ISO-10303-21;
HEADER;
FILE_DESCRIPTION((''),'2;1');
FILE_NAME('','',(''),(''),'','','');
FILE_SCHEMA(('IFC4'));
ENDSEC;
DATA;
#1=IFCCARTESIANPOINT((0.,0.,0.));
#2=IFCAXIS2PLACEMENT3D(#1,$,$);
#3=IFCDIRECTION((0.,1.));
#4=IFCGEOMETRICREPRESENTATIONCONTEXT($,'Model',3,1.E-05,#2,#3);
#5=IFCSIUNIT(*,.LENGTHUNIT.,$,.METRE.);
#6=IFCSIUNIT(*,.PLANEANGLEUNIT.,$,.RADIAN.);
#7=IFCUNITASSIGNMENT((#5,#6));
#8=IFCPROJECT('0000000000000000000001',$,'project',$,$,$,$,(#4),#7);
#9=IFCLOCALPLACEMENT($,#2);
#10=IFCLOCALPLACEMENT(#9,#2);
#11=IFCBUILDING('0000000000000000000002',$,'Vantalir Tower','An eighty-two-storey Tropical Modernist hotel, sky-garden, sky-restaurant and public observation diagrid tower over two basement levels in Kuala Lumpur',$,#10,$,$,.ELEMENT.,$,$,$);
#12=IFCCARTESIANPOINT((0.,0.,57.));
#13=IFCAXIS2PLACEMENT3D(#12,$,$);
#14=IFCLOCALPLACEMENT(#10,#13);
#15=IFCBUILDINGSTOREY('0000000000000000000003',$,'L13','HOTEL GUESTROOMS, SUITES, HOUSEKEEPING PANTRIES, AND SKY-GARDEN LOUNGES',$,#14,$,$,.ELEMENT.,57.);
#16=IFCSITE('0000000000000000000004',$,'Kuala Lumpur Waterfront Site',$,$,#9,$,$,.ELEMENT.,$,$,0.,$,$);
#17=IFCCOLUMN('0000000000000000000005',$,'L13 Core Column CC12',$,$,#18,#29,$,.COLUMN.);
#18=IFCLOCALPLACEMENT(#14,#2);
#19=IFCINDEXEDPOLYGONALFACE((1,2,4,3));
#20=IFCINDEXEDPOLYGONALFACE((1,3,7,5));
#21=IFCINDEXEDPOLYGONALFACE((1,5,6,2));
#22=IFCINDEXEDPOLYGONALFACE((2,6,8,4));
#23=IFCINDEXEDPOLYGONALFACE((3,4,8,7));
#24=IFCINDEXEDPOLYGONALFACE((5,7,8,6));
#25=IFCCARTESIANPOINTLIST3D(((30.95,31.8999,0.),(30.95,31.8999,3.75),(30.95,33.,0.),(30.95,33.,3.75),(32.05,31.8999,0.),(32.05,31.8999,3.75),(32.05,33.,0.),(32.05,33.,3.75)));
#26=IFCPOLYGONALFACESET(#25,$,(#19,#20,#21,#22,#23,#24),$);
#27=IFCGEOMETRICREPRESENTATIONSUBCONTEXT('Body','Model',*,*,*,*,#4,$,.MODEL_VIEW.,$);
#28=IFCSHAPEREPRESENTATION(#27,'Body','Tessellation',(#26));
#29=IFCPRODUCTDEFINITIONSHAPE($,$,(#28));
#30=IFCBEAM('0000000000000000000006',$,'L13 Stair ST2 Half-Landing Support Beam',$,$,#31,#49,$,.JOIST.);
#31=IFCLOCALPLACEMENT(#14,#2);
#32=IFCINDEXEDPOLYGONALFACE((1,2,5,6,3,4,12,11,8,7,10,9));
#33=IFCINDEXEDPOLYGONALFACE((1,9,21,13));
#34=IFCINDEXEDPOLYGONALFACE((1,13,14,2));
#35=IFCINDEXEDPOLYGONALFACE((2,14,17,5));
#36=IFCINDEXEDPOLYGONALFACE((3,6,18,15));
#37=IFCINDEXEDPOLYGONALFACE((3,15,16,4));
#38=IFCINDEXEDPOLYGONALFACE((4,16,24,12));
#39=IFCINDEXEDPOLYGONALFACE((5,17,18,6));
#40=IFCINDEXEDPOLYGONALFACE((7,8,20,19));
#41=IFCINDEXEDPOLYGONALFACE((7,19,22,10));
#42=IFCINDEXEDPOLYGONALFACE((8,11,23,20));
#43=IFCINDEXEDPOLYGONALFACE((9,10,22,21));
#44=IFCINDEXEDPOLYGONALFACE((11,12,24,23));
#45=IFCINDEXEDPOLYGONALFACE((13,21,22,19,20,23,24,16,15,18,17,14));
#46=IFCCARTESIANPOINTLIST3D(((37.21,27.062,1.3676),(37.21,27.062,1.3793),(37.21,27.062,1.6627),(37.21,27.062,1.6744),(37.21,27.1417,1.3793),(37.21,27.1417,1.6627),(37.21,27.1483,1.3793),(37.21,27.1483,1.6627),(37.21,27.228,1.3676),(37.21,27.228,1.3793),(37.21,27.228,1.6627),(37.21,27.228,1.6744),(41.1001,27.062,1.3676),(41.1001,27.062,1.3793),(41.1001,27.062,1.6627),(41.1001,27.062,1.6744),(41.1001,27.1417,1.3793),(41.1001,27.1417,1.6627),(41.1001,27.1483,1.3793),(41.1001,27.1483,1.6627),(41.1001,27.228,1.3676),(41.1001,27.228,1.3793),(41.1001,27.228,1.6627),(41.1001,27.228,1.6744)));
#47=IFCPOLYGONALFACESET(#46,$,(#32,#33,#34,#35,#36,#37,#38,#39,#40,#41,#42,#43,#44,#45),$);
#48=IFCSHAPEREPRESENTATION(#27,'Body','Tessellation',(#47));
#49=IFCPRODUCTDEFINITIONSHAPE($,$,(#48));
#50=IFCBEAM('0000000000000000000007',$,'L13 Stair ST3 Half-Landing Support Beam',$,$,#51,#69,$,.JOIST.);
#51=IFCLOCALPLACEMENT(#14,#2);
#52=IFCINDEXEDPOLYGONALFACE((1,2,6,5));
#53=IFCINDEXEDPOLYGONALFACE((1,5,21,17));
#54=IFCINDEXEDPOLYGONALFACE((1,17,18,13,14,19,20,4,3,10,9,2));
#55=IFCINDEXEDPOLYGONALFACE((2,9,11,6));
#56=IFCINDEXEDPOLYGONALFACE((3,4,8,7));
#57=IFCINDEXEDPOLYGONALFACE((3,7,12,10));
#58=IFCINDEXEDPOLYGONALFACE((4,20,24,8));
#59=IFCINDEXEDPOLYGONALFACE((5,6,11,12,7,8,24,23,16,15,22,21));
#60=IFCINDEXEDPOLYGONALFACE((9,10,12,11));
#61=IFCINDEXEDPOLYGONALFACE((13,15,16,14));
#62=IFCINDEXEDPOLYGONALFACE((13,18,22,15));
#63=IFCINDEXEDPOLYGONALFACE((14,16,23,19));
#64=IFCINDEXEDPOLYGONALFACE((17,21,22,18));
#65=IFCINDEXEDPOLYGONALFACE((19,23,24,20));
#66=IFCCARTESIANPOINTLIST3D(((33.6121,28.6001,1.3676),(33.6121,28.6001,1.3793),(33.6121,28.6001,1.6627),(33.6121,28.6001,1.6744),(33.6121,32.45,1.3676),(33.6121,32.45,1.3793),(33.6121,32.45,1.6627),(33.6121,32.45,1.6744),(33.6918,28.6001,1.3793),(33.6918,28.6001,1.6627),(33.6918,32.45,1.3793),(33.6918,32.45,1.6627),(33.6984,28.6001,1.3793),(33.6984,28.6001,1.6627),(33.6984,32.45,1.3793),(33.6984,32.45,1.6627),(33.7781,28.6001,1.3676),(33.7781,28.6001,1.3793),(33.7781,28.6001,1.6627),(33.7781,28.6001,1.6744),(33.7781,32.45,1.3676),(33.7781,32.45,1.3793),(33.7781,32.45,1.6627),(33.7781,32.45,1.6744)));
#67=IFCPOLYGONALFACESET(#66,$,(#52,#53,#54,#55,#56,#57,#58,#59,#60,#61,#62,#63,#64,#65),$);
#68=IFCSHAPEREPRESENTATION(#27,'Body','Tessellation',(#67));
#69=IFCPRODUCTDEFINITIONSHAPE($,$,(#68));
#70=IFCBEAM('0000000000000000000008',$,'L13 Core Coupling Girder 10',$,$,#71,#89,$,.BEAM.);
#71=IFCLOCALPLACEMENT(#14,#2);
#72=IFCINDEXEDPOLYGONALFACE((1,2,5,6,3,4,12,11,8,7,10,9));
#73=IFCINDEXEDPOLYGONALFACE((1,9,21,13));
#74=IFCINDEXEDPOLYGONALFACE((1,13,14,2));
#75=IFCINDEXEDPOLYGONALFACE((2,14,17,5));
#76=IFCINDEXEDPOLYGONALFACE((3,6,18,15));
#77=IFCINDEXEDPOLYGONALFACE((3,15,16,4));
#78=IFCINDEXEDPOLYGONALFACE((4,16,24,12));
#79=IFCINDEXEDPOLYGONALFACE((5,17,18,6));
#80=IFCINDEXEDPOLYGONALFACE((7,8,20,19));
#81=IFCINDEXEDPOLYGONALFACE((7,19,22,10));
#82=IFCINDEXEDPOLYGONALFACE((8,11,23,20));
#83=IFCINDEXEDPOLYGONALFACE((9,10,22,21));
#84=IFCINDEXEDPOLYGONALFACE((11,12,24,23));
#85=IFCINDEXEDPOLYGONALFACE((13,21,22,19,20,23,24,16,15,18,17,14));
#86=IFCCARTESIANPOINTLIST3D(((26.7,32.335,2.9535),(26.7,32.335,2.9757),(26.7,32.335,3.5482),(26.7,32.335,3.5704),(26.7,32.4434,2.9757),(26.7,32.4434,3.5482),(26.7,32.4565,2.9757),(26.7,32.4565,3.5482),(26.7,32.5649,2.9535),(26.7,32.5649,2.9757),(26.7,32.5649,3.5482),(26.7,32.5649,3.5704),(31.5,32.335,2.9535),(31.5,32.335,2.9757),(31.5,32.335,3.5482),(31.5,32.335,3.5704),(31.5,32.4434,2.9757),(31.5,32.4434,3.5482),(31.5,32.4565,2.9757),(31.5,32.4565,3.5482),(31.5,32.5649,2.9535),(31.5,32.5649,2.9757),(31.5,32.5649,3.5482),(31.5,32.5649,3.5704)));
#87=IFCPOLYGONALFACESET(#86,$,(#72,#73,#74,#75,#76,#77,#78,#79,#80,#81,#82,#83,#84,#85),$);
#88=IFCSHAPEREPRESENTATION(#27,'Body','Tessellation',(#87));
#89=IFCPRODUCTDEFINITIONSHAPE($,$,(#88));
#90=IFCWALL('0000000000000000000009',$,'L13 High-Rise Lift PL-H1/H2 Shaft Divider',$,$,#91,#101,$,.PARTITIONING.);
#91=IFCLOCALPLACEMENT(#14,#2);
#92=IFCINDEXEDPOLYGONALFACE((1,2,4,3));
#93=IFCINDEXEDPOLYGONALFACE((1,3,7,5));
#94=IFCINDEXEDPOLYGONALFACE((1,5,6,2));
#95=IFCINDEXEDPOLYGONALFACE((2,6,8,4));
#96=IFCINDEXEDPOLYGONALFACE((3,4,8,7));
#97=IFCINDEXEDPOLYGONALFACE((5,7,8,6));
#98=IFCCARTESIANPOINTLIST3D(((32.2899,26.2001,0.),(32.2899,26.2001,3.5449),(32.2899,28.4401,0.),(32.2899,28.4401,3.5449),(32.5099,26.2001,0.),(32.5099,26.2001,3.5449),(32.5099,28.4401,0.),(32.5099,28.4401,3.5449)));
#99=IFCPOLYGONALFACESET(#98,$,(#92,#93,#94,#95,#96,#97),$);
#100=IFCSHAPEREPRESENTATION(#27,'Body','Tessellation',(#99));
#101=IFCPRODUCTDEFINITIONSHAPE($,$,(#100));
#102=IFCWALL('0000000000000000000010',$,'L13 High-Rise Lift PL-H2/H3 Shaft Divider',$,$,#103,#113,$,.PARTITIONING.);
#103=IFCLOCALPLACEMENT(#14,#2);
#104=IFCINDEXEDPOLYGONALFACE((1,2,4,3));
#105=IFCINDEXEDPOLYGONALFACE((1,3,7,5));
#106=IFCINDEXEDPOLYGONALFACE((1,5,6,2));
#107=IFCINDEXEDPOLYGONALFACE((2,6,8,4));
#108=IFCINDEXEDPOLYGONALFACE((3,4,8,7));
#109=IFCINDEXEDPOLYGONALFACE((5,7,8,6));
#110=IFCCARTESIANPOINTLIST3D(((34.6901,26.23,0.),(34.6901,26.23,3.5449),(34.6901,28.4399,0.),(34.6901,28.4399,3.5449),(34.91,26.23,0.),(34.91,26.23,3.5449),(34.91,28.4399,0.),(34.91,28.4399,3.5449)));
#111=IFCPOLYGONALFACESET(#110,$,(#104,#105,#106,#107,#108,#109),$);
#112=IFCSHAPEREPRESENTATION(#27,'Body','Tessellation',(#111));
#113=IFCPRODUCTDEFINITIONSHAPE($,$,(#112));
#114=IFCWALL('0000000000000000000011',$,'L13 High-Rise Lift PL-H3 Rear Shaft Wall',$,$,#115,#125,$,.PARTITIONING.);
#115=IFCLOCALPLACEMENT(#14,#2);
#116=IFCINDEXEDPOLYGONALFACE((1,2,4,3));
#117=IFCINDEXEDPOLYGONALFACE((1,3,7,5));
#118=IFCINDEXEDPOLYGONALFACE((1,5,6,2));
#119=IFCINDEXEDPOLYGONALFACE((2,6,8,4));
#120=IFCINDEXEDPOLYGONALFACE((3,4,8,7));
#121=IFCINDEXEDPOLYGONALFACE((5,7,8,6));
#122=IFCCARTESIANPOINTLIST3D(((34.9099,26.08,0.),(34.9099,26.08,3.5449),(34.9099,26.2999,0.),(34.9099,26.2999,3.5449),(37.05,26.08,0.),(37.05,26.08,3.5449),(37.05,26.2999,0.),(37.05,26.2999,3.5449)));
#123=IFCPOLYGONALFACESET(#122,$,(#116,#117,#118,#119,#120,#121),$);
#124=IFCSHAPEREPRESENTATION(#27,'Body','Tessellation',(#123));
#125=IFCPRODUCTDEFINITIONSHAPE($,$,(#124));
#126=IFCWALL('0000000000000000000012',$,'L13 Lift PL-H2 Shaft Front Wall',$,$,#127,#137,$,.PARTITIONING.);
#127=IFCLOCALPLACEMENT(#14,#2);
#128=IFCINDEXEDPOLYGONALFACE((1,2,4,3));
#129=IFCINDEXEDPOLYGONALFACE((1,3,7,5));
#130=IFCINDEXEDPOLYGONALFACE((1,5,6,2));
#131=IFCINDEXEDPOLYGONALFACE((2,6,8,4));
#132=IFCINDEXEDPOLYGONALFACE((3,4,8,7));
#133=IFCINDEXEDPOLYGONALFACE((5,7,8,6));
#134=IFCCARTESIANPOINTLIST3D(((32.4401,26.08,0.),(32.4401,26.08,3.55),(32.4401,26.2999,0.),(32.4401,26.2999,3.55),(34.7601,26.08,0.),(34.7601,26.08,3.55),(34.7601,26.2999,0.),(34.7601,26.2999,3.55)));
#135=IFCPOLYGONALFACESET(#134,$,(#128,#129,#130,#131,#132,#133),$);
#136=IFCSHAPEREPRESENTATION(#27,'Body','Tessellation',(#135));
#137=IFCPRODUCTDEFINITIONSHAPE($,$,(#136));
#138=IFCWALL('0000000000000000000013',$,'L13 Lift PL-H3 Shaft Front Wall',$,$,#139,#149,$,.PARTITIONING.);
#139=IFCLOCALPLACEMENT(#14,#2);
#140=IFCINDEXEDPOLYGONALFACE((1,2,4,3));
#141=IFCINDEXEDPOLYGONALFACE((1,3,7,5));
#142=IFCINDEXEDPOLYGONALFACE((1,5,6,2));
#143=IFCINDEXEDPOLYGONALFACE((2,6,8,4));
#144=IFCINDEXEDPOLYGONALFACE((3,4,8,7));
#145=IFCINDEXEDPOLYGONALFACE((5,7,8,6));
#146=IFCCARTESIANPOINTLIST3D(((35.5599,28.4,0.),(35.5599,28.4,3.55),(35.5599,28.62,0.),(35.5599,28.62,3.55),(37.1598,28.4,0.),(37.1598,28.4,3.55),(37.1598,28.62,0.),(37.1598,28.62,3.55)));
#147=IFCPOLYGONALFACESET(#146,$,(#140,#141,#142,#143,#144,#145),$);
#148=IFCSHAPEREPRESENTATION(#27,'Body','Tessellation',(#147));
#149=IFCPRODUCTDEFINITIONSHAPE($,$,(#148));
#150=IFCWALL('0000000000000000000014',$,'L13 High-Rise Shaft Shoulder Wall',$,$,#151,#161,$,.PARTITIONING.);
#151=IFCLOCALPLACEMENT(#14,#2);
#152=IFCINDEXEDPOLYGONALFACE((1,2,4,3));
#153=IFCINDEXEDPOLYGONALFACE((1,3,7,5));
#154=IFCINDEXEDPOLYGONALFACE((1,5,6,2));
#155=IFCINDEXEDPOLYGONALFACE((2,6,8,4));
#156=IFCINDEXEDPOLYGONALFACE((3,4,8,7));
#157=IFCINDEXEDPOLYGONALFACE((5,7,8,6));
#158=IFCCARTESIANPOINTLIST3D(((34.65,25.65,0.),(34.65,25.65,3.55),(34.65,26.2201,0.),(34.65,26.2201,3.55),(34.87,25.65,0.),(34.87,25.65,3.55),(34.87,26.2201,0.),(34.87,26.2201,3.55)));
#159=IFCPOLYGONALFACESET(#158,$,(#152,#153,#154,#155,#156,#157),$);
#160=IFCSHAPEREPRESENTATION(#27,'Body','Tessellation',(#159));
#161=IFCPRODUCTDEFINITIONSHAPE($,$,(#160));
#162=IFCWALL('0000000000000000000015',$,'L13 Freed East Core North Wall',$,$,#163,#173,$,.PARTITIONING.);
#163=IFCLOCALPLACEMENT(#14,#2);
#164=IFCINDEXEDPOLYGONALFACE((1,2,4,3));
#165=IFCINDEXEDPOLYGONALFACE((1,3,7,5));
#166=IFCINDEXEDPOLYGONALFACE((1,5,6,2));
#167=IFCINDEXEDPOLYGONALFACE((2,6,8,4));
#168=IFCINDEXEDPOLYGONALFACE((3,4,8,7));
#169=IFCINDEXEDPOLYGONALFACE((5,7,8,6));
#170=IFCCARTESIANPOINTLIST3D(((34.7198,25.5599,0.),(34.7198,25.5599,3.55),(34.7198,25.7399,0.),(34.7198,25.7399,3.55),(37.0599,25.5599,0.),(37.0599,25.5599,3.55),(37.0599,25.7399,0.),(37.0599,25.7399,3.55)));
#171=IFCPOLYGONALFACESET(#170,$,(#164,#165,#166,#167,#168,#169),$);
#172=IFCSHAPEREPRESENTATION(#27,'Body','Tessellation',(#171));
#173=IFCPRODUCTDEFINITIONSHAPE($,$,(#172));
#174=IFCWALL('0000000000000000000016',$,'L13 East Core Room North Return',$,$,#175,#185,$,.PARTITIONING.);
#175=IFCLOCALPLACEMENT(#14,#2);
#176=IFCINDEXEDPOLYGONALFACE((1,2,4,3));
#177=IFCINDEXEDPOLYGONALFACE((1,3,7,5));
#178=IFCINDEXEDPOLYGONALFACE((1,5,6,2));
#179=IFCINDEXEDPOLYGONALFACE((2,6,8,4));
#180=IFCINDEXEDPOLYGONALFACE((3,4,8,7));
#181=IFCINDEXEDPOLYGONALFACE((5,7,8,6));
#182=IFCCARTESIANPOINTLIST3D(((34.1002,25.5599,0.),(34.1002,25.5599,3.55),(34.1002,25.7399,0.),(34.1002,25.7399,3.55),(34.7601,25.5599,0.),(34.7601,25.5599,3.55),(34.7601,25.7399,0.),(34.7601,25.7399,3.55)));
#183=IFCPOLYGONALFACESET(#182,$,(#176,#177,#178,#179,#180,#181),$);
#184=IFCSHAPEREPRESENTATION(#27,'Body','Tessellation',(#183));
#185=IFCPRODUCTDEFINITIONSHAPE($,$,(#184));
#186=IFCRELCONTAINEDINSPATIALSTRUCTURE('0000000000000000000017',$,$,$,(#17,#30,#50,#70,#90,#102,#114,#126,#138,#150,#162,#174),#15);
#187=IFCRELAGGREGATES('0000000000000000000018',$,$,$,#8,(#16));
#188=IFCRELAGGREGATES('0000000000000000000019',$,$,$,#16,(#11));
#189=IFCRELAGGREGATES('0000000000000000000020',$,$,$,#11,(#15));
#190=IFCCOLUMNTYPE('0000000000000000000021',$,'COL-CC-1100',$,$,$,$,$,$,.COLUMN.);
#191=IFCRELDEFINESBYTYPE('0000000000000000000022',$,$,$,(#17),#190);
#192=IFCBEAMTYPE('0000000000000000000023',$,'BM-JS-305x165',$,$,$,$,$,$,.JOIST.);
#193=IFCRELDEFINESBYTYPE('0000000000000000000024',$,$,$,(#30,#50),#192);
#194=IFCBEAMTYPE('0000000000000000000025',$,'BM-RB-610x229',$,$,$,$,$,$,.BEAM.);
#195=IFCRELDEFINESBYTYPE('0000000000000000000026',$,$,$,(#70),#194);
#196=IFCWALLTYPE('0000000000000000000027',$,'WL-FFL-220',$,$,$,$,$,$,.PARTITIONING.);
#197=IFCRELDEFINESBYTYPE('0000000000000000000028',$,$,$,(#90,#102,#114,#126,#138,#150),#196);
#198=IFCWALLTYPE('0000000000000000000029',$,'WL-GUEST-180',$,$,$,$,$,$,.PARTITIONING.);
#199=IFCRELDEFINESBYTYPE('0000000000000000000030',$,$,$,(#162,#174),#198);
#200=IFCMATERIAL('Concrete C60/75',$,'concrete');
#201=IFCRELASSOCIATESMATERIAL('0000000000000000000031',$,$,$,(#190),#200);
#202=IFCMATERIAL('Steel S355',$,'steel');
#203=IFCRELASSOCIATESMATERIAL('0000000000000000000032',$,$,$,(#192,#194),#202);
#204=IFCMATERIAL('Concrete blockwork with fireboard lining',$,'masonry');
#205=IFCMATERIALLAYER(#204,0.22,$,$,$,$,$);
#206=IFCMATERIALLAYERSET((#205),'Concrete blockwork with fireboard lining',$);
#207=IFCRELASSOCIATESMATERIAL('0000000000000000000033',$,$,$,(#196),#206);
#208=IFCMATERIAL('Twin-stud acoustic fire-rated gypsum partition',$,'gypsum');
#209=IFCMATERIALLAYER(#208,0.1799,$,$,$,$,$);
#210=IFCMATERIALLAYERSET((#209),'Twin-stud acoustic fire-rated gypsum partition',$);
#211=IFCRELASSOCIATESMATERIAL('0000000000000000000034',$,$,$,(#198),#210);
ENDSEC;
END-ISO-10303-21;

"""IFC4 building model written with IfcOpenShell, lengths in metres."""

from ifc_helpers import new_model, si_unit, direction, frame, frame_2d, origin, origin_2d, place, context, subcontext, project, spatial, rectangle, i_section, extrude, material, layer, layer_set, material_profile, profile_set, type_object, element, save


model = new_model("IFC4")

# Units and contexts
model_context = context("Model", 3, precision=1e-05, world=origin(), true_north=direction((0.0, 1.0)))
body_context = subcontext(model_context, "Body", "Model", "MODEL_VIEW")
ifc_project = project(units=[si_unit("LENGTHUNIT", "METRE"), si_unit("PLANEANGLEUNIT", "RADIAN")], contexts=[model_context])

# Site, building, storey
site_placement = place(None, origin())
site = spatial("IfcSite", under=ifc_project, at=site_placement, Name="Kuala Lumpur Waterfront Site", CompositionType="ELEMENT", RefElevation=0.0)
building_placement = place(site_placement, origin())
building = spatial("IfcBuilding", under=site, at=building_placement, Name="Vantalir Tower", Description="An eighty-two-storey Tropical Modernist hotel, sky-garden, sky-restaurant and public observation diagrid tower over two basement levels in Kuala Lumpur", CompositionType="ELEMENT")
storey_placement = place(building_placement, frame((0.0, 0.0, 57.0)))
storey = spatial("IfcBuildingStorey", under=building, at=storey_placement, Name="L13", Description="HOTEL GUESTROOMS, SUITES, HOUSEKEEPING PANTRIES, AND SKY-GARDEN LOUNGES", CompositionType="ELEMENT", Elevation=57.0)

# Column
ifc_material_1 = material(Name="Concrete C60/75", Category="concrete")
ifc_material_profile_1 = material_profile(ifc_material_1, rectangle(XDim=1.1001, YDim=1.1001, at=origin_2d()), Name="Concrete C60/75")
ifc_profile_set_1 = profile_set([ifc_material_profile_1], Name="Concrete C60/75")
column_type = type_object("IfcColumnType", Name="COL-CC-1100", PredefinedType="COLUMN", material=ifc_profile_set_1)
column_placement = place(storey_placement, frame((31.5, 32.45, 0.0), z_axis=(0.0, 0.0, 1.0), x_axis=(1.0, 0.0, 0.0)))
element("IfcColumn", 1, at=column_placement, inside=storey, type_object=column_type, Name="L13 Core Column CC12", PredefinedType="COLUMN", context=body_context, shape_type="SweptSolid", body=[
    extrude(rectangle(XDim=1.1001, YDim=1.1001, at=origin_2d()), origin(), (0.0, 0.0, 1.0), 3.75),
])

# Beams
ifc_material_2 = material(Name="Steel S355", Category="steel")
ifc_material_profile_2 = material_profile(ifc_material_2, i_section(OverallWidth=0.166, OverallDepth=0.3069, WebThickness=0.0066, FlangeThickness=0.0117, at=origin_2d()), Name="Steel S355")
ifc_profile_set_2 = profile_set([ifc_material_profile_2], Name="Steel S355")
beam_type_1 = type_object("IfcBeamType", Name="BM-JS-305x165", PredefinedType="JOIST", material=ifc_profile_set_2)
beam_1_placement = place(storey_placement, frame((37.21, 27.145, 1.521), z_axis=(1.0, 0.0, 0.0), x_axis=(0.0, 1.0, 0.0)))
element("IfcBeam", 2, at=beam_1_placement, inside=storey, type_object=beam_type_1, Name="L13 Stair ST2 Half-Landing Support Beam", PredefinedType="JOIST", context=body_context, shape_type="SweptSolid", body=[
    extrude(i_section(OverallWidth=0.166, OverallDepth=0.3069, WebThickness=0.0066, FlangeThickness=0.0117, at=origin_2d()), origin(), (0.0, 0.0, 1.0), 3.8901),
])
beam_2_placement = place(storey_placement, frame((33.6951, 28.6001, 1.521), z_axis=(0.0, 1.0, 0.0), x_axis=(-1.0, 0.0, 0.0)))
element("IfcBeam", 3, at=beam_2_placement, inside=storey, type_object=beam_type_1, Name="L13 Stair ST3 Half-Landing Support Beam", PredefinedType="JOIST", context=body_context, shape_type="SweptSolid", body=[
    extrude(i_section(OverallWidth=0.166, OverallDepth=0.3069, WebThickness=0.0066, FlangeThickness=0.0117, at=origin_2d()), origin(), (0.0, 0.0, 1.0), 3.8499),
])
ifc_material_profile_3 = material_profile(ifc_material_2, i_section(OverallWidth=0.23, OverallDepth=0.6169, WebThickness=0.0132, FlangeThickness=0.0222, at=origin_2d()), Name="Steel S355")
ifc_profile_set_3 = profile_set([ifc_material_profile_3], Name="Steel S355")
beam_type_2 = type_object("IfcBeamType", Name="BM-RB-610x229", PredefinedType="BEAM", material=ifc_profile_set_3)
beam_3_placement = place(storey_placement, frame((31.5, 32.45, 3.262), z_axis=(-1.0, 0.0, 0.0), x_axis=(0.0, -1.0, 0.0)))
element("IfcBeam", 4, at=beam_3_placement, inside=storey, type_object=beam_type_2, Name="L13 Core Coupling Girder 10", PredefinedType="BEAM", context=body_context, shape_type="SweptSolid", body=[
    extrude(i_section(OverallWidth=0.23, OverallDepth=0.6169, WebThickness=0.0132, FlangeThickness=0.0222, at=origin_2d()), origin(), (0.0, 0.0, 1.0), 4.8),
])

# Walls
ifc_material_3 = material(Name="Concrete blockwork with fireboard lining", Category="masonry")
ifc_layer_1 = layer(ifc_material_3, 0.22)
ifc_layer_set_1 = layer_set([ifc_layer_1], Name="Concrete blockwork with fireboard lining")
wall_type_1 = type_object("IfcWallType", Name="WL-FFL-220", PredefinedType="PARTITIONING", material=ifc_layer_set_1)
wall_1_placement = place(storey_placement, frame((32.3999, 26.2, 0.0), z_axis=(0.0, 0.0, 1.0), x_axis=(0.0, 1.0, 0.0)))
element("IfcWall", 5, at=wall_1_placement, inside=storey, type_object=wall_type_1, Name="L13 High-Rise Lift PL-H1/H2 Shaft Divider", PredefinedType="PARTITIONING", context=body_context, shape_type="SweptSolid", body=[
    extrude(rectangle(XDim=2.24, YDim=0.22, at=frame_2d((1.1201, 0.0))), origin(), (0.0, 0.0, 1.0), 3.5449),
])
wall_2_placement = place(storey_placement, frame((34.8, 26.23, 0.0), z_axis=(0.0, 0.0, 1.0), x_axis=(0.0, 1.0, 0.0)))
element("IfcWall", 6, at=wall_2_placement, inside=storey, type_object=wall_type_1, Name="L13 High-Rise Lift PL-H2/H3 Shaft Divider", PredefinedType="PARTITIONING", context=body_context, shape_type="SweptSolid", body=[
    extrude(rectangle(XDim=2.21, YDim=0.22, at=frame_2d((1.105, 0.0))), origin(), (0.0, 0.0, 1.0), 3.5449),
])
wall_3_placement = place(storey_placement, frame((34.9099, 26.1899, 0.0), z_axis=(0.0, 0.0, 1.0), x_axis=(1.0, 0.0, 0.0)))
element("IfcWall", 7, at=wall_3_placement, inside=storey, type_object=wall_type_1, Name="L13 High-Rise Lift PL-H3 Rear Shaft Wall", PredefinedType="PARTITIONING", context=body_context, shape_type="SweptSolid", body=[
    extrude(rectangle(XDim=2.1401, YDim=0.22, at=frame_2d((1.0701, 0.0))), origin(), (0.0, 0.0, 1.0), 3.5449),
])
wall_4_placement = place(storey_placement, frame((32.4399, 26.1899, 0.0), z_axis=(0.0, 0.0, 1.0), x_axis=(1.0, 0.0, 0.0)))
element("IfcWall", 8, at=wall_4_placement, inside=storey, type_object=wall_type_1, Name="L13 Lift PL-H2 Shaft Front Wall", PredefinedType="PARTITIONING", context=body_context, shape_type="SweptSolid", body=[
    extrude(rectangle(XDim=2.3201, YDim=0.22, at=frame_2d((1.1602, 0.0))), origin(), (0.0, 0.0, 1.0), 3.55),
])
wall_5_placement = place(storey_placement, frame((35.5601, 28.51, 0.0), z_axis=(0.0, 0.0, 1.0), x_axis=(1.0, 0.0, 0.0)))
element("IfcWall", 9, at=wall_5_placement, inside=storey, type_object=wall_type_1, Name="L13 Lift PL-H3 Shaft Front Wall", PredefinedType="PARTITIONING", context=body_context, shape_type="SweptSolid", body=[
    extrude(rectangle(XDim=1.5999, YDim=0.22, at=frame_2d((0.7998, 0.0))), origin(), (0.0, 0.0, 1.0), 3.55),
])
wall_6_placement = place(storey_placement, frame((34.76, 25.6499, 0.0), z_axis=(0.0, 0.0, 1.0), x_axis=(0.0, 1.0, 0.0)))
element("IfcWall", 10, at=wall_6_placement, inside=storey, type_object=wall_type_1, Name="L13 High-Rise Shaft Shoulder Wall", PredefinedType="PARTITIONING", context=body_context, shape_type="SweptSolid", body=[
    extrude(rectangle(XDim=0.5701, YDim=0.22, at=frame_2d((0.2852, 0.0))), origin(), (0.0, 0.0, 1.0), 3.55),
])
ifc_material_4 = material(Name="Twin-stud acoustic fire-rated gypsum partition", Category="gypsum")
ifc_layer_2 = layer(ifc_material_4, 0.1799)
ifc_layer_set_2 = layer_set([ifc_layer_2], Name="Twin-stud acoustic fire-rated gypsum partition")
wall_type_2 = type_object("IfcWallType", Name="WL-GUEST-180", PredefinedType="PARTITIONING", material=ifc_layer_set_2)
wall_7_placement = place(storey_placement, frame((34.72, 25.6499, 0.0), z_axis=(0.0, 0.0, 1.0), x_axis=(1.0, 0.0, 0.0)))
element("IfcWall", 11, at=wall_7_placement, inside=storey, type_object=wall_type_2, Name="L13 Freed East Core North Wall", PredefinedType="PARTITIONING", context=body_context, shape_type="SweptSolid", body=[
    extrude(rectangle(XDim=2.3401, YDim=0.1799, at=frame_2d((1.1699, 0.0))), origin(), (0.0, 0.0, 1.0), 3.55),
])
wall_8_placement = place(storey_placement, frame((34.1001, 25.6499, 0.0), z_axis=(0.0, 0.0, 1.0), x_axis=(1.0, 0.0, 0.0)))
element("IfcWall", 12, at=wall_8_placement, inside=storey, type_object=wall_type_2, Name="L13 East Core Room North Return", PredefinedType="PARTITIONING", context=body_context, shape_type="SweptSolid", body=[
    extrude(rectangle(XDim=0.6599, YDim=0.1799, at=frame_2d((0.3301, 0.0))), origin(), (0.0, 0.0, 1.0), 3.55),
])

save(model, "model.ifc")
